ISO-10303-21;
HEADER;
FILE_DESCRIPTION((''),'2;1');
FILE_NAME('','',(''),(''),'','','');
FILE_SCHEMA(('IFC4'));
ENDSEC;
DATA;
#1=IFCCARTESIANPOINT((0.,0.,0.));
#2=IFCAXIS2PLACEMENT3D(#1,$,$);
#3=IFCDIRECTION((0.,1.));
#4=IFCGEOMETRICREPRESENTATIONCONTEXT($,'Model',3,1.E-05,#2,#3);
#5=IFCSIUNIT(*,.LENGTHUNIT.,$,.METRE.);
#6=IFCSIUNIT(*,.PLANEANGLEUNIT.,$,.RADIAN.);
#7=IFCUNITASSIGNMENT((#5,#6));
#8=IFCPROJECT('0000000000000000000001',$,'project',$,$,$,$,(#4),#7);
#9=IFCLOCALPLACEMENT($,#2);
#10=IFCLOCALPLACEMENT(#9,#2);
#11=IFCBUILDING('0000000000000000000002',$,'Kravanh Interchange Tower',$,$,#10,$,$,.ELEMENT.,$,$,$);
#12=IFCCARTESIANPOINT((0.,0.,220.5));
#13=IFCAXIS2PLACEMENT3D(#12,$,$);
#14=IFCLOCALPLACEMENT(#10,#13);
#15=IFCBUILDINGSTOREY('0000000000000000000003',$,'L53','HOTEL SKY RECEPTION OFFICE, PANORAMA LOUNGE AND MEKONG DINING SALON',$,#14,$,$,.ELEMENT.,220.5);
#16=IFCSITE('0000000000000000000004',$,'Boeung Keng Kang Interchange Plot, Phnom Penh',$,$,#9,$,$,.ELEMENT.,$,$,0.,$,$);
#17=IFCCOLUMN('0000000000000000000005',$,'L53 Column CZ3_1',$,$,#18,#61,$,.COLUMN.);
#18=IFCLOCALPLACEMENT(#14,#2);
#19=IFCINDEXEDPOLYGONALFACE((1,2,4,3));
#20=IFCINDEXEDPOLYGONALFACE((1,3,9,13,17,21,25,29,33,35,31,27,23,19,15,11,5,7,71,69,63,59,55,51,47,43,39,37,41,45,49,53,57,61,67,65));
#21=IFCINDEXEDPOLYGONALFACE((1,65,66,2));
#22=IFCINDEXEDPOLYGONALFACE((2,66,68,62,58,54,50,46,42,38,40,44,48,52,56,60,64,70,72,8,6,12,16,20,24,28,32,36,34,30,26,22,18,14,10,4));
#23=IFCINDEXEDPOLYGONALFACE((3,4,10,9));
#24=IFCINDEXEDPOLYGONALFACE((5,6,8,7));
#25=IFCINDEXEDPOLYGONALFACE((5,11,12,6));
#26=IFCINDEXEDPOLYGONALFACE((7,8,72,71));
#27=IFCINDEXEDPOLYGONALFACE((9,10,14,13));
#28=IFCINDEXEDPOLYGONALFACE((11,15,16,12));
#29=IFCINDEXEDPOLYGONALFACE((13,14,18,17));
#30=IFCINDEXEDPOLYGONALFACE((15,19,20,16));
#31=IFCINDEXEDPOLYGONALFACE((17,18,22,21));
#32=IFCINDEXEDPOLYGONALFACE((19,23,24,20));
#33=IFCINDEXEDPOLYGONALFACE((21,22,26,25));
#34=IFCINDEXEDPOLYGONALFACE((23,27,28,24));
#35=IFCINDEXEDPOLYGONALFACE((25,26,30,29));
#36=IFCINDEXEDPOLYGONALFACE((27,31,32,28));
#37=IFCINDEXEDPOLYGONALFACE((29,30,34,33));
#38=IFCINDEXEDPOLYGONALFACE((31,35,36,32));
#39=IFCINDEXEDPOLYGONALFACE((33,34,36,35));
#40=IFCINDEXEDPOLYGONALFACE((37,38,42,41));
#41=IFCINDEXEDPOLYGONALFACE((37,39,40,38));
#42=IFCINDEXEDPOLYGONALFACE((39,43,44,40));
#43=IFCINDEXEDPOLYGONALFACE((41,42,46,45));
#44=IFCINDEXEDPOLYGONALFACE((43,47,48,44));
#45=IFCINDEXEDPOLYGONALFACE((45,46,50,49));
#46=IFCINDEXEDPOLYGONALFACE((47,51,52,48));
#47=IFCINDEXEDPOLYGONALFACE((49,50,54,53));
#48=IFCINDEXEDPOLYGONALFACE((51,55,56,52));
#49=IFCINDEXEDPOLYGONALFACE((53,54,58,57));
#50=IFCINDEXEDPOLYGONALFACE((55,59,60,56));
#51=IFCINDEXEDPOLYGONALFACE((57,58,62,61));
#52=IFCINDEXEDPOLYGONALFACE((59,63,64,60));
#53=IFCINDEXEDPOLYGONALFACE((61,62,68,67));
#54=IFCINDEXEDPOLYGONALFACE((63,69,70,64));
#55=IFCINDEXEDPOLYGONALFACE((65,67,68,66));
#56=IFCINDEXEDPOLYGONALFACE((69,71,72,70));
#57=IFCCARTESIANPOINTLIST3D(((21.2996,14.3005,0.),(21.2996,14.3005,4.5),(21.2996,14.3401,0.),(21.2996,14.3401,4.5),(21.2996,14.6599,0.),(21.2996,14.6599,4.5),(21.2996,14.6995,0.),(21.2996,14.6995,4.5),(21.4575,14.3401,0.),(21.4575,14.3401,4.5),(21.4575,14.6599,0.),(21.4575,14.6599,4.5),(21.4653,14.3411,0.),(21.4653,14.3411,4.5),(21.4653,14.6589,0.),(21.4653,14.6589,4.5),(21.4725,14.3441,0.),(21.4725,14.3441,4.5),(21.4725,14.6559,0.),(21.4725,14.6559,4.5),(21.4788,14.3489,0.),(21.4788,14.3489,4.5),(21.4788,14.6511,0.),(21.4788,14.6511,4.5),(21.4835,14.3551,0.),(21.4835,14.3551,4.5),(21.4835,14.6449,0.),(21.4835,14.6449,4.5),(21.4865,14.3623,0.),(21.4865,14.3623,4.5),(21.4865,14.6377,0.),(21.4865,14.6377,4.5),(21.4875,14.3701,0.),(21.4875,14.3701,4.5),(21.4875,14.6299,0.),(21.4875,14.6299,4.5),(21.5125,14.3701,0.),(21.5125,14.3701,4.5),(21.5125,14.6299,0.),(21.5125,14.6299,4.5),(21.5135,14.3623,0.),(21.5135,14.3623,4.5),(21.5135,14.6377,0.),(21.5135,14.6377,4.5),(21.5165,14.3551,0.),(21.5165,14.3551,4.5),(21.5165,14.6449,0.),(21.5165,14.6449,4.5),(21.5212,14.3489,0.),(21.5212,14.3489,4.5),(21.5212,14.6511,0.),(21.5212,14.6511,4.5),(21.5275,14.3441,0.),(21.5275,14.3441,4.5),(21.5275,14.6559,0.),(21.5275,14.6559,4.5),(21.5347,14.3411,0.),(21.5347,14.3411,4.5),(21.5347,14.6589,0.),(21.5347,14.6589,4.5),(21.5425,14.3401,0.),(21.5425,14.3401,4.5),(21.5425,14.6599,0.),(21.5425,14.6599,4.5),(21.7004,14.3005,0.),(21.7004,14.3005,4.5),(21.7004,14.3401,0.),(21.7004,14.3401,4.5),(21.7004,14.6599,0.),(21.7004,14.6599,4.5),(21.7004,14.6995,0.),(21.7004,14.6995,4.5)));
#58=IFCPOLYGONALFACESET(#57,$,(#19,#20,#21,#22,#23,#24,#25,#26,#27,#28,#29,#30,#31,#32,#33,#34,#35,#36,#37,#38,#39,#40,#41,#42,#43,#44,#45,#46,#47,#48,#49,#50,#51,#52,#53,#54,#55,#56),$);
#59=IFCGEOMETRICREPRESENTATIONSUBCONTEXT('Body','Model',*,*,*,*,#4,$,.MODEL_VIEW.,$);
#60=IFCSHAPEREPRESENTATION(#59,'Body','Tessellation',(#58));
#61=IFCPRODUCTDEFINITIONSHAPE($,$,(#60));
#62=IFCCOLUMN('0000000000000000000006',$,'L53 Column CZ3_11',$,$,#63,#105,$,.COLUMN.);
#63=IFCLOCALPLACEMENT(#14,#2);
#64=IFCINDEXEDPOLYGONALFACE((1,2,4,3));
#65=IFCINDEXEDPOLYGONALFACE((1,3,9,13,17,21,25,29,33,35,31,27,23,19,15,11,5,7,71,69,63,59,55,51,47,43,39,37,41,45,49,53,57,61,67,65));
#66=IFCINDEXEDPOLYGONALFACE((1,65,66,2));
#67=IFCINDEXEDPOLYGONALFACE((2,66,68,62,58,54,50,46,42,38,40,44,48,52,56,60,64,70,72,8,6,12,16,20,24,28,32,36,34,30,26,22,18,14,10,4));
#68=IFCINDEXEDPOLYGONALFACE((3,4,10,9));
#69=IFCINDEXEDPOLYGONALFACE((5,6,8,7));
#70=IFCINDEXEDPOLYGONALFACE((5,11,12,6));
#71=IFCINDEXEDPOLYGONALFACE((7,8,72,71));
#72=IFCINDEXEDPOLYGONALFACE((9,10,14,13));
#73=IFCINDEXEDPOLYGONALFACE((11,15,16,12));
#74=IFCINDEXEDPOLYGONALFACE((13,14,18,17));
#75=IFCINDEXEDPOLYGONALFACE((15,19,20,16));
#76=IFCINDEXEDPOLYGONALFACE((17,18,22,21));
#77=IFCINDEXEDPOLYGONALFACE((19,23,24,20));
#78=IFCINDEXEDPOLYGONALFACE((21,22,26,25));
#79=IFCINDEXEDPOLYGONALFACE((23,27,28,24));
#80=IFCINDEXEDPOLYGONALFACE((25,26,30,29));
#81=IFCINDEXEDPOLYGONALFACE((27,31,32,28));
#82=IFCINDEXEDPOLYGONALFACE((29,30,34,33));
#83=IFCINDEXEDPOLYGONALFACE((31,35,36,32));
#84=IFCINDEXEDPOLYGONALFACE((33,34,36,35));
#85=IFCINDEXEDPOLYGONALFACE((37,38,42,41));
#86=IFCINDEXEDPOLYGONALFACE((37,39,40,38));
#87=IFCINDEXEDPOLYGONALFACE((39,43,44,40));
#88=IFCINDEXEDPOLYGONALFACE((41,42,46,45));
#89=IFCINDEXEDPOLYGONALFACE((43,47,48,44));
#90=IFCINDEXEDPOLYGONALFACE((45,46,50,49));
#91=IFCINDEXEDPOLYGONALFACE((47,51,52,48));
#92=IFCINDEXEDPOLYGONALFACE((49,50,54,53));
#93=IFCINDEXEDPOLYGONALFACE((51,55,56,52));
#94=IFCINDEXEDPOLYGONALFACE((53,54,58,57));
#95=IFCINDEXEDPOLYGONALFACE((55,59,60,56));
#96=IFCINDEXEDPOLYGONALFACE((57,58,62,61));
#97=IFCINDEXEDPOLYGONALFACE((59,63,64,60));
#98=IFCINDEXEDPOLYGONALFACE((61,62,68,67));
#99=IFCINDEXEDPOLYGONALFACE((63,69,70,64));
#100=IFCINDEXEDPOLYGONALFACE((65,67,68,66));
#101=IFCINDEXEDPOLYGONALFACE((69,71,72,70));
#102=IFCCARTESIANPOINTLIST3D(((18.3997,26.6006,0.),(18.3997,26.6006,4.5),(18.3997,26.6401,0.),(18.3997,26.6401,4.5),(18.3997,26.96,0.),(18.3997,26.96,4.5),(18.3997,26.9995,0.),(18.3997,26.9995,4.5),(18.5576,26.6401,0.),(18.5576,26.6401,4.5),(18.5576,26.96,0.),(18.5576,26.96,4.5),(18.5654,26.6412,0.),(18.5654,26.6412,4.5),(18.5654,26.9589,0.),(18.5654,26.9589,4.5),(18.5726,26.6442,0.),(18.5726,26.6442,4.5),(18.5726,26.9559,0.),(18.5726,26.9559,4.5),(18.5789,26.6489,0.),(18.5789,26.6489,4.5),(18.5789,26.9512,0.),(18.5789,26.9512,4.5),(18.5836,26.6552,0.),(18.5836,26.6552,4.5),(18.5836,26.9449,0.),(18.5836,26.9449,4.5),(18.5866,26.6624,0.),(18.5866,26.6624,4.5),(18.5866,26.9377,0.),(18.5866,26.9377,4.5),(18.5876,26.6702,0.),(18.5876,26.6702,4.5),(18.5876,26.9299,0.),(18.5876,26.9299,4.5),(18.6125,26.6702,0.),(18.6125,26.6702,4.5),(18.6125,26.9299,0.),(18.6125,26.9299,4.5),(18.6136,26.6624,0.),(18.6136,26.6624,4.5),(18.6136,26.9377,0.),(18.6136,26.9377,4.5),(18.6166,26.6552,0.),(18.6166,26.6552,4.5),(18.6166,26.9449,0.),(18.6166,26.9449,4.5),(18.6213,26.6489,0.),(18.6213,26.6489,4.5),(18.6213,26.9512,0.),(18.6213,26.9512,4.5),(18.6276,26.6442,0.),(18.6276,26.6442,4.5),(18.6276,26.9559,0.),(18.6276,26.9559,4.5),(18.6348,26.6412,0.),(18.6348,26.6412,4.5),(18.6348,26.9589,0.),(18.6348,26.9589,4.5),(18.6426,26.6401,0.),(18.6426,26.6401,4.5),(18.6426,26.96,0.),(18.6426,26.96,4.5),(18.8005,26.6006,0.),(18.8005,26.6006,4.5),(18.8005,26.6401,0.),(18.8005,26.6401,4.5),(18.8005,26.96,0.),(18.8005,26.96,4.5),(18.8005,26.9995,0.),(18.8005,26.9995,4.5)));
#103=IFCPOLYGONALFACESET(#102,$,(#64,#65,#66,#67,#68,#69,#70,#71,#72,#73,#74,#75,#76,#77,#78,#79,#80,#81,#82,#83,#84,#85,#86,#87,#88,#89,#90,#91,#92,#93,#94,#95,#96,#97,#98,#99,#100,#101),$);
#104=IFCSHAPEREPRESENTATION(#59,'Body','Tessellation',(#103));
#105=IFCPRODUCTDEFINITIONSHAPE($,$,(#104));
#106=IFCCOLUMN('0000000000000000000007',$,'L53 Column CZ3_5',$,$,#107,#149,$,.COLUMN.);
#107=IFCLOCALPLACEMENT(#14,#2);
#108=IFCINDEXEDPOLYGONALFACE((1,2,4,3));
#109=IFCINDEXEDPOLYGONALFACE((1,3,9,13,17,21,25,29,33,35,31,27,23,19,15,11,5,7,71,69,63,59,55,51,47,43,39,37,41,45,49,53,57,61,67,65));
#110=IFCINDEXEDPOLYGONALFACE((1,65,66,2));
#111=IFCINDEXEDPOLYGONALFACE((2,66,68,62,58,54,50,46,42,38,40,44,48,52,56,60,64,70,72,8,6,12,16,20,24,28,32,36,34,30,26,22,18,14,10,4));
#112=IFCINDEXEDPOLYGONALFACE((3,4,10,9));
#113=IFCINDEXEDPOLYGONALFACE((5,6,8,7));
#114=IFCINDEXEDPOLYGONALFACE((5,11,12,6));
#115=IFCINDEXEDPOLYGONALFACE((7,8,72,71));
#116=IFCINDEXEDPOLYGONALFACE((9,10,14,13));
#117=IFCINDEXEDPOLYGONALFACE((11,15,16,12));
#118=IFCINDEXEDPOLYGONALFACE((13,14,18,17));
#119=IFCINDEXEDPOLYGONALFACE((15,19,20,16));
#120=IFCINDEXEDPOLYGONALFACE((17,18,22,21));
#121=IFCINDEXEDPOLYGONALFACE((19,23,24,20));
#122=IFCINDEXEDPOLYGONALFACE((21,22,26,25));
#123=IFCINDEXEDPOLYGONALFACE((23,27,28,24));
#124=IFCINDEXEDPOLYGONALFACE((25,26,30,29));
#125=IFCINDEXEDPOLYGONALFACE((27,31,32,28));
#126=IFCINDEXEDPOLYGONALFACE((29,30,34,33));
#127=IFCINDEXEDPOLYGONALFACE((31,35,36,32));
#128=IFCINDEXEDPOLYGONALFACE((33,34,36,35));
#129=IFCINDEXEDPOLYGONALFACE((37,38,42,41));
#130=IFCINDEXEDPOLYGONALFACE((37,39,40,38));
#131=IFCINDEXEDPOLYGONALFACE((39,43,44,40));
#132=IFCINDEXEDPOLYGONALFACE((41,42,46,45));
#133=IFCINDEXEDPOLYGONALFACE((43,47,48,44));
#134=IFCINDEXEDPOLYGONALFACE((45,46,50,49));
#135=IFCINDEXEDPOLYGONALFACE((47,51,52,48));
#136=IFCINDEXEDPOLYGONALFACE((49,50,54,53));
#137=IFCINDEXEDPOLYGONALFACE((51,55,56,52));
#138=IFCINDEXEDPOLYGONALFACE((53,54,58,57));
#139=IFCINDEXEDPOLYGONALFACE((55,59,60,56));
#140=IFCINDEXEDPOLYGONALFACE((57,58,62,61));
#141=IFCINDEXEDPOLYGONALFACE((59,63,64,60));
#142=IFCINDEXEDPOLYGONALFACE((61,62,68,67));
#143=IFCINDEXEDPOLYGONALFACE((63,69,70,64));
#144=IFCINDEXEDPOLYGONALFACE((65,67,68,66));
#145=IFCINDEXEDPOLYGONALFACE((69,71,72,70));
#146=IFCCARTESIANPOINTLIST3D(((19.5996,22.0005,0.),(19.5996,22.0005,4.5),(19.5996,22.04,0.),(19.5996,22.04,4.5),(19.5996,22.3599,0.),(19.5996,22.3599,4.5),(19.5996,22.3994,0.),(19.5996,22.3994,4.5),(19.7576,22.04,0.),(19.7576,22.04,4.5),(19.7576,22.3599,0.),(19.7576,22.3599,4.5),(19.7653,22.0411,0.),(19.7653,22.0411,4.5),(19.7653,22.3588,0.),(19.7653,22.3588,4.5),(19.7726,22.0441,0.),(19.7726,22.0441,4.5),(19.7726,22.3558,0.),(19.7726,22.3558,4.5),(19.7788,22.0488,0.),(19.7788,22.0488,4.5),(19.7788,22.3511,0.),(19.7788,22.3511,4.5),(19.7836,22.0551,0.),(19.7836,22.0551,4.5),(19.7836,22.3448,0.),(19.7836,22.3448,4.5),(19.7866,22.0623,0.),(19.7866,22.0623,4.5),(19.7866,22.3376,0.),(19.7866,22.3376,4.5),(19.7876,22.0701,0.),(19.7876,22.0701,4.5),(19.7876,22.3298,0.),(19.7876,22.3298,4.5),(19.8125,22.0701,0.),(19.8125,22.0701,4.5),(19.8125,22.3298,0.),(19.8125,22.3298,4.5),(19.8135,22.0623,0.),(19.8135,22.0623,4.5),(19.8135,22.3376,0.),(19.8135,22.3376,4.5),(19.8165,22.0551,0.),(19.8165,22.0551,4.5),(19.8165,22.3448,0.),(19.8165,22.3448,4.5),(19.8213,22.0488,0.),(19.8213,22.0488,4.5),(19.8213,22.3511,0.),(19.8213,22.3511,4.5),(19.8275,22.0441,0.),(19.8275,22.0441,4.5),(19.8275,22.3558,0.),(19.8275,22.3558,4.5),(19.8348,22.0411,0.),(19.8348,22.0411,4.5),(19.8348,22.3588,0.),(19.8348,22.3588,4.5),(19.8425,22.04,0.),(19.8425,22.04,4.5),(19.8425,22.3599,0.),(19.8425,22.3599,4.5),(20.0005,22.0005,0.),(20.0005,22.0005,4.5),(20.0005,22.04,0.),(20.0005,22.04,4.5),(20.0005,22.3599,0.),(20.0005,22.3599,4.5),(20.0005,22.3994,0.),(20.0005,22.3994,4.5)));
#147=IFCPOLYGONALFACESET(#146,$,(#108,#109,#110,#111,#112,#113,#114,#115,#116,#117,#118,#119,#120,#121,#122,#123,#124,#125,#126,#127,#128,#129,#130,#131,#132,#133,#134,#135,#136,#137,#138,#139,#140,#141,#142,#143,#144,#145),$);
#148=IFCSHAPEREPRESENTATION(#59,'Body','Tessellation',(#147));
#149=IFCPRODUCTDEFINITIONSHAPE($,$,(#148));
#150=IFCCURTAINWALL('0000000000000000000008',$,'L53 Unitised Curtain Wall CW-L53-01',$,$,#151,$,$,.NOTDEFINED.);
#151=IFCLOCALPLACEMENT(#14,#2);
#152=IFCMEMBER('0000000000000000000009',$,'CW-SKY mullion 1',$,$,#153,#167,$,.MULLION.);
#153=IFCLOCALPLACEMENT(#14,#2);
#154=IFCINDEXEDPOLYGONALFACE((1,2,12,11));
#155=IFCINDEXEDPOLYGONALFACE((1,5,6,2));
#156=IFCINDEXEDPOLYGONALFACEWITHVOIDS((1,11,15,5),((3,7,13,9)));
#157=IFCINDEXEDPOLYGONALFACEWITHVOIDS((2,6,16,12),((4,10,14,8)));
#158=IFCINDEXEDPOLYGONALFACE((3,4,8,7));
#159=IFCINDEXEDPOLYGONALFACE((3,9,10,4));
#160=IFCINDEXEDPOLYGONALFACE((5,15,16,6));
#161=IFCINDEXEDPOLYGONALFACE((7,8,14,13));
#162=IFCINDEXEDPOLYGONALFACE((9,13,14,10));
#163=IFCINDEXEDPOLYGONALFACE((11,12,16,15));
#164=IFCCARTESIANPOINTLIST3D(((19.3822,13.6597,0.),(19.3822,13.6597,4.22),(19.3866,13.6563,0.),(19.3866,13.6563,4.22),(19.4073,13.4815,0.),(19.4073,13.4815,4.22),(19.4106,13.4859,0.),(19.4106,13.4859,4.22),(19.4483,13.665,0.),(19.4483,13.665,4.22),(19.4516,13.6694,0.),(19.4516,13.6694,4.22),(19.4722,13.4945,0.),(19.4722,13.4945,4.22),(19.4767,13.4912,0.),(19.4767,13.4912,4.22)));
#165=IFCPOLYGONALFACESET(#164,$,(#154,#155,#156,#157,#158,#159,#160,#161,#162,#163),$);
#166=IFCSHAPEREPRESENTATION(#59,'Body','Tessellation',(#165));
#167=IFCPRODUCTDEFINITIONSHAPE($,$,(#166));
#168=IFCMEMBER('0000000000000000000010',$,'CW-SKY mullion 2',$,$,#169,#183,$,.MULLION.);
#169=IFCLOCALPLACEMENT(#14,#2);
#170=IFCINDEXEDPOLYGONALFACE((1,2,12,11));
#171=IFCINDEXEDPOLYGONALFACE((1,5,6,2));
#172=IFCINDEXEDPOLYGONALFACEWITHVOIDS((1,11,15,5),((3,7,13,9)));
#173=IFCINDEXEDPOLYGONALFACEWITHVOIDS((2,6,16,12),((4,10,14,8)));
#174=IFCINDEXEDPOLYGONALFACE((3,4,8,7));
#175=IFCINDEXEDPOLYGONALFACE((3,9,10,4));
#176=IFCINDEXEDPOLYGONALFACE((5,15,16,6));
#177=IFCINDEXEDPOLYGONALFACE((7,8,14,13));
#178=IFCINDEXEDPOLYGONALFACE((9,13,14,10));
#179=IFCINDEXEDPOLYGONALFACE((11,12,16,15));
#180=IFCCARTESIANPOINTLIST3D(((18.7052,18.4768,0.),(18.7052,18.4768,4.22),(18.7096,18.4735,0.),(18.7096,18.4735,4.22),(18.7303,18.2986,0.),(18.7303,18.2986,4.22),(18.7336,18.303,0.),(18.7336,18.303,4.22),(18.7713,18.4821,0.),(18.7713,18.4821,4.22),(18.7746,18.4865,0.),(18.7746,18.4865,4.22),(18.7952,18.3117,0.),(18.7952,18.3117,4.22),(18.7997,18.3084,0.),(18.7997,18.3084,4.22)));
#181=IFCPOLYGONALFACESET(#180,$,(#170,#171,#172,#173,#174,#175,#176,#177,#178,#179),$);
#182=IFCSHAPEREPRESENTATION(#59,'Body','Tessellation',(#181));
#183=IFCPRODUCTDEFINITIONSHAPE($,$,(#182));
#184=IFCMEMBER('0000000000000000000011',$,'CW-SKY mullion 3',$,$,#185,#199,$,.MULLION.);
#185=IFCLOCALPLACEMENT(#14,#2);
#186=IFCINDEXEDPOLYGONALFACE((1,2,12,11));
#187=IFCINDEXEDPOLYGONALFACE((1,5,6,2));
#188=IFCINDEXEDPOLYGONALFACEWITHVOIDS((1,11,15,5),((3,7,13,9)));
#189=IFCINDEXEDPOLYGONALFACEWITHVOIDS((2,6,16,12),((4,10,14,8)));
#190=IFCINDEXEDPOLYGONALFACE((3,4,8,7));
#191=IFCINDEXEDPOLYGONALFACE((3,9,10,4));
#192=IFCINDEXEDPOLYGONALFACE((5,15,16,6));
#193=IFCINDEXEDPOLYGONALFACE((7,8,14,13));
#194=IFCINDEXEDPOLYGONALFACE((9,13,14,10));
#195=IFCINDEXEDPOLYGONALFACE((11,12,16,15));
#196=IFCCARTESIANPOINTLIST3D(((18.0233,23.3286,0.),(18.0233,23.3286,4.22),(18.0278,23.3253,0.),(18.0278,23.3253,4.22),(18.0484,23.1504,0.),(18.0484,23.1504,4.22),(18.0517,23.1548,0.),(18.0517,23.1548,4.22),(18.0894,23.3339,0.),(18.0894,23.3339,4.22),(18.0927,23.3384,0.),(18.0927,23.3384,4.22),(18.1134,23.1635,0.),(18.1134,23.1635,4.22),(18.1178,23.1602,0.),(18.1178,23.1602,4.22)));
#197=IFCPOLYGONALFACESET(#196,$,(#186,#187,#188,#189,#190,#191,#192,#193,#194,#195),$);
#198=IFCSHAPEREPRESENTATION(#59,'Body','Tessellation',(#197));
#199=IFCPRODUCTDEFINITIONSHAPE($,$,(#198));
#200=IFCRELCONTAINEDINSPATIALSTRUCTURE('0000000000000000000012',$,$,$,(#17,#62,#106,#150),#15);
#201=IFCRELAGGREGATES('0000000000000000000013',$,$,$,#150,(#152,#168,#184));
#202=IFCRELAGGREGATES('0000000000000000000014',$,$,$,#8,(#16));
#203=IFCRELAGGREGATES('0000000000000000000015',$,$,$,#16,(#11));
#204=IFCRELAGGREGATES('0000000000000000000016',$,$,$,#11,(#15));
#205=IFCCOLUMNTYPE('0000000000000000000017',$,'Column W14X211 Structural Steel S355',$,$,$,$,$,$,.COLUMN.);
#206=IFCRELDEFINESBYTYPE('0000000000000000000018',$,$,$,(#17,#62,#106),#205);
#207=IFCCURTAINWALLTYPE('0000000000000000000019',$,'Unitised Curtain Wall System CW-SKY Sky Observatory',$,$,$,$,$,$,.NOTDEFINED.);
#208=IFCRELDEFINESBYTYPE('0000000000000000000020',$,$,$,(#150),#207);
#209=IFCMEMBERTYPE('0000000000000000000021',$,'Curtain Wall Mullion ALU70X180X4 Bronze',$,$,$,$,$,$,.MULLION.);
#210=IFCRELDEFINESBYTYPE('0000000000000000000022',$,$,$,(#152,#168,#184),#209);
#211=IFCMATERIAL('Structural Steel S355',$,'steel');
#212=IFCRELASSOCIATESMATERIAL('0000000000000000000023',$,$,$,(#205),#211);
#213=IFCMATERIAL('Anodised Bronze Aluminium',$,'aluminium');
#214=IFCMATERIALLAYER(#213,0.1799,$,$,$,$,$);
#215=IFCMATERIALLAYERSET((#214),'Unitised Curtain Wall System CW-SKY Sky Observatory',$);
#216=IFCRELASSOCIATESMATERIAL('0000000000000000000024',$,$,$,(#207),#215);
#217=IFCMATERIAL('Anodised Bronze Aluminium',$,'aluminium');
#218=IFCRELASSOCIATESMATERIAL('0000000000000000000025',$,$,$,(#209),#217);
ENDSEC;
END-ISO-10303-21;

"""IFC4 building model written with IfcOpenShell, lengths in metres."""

from ifc_helpers import new_model, si_unit, direction, frame, origin, origin_2d, place, context, subcontext, project, spatial, hollow_rectangle, i_section, extrude, material, layer, layer_set, material_profile, profile_set, type_object, element, aggregate, save


model = new_model("IFC4")

# Units and contexts
model_context = context("Model", 3, precision=1e-05, world=origin(), true_north=direction((0.0, 1.0)))
body_context = subcontext(model_context, "Body", "Model", "MODEL_VIEW")
ifc_project = project(units=[si_unit("LENGTHUNIT", "METRE"), si_unit("PLANEANGLEUNIT", "RADIAN")], contexts=[model_context])

# Site, building, storey
site_placement = place(None, origin())
site = spatial("IfcSite", under=ifc_project, at=site_placement, Name="Boeung Keng Kang Interchange Plot, Phnom Penh", CompositionType="ELEMENT", RefElevation=0.0)
building_placement = place(site_placement, origin())
building = spatial("IfcBuilding", under=site, at=building_placement, Name="Kravanh Interchange Tower", CompositionType="ELEMENT")
storey_placement = place(building_placement, frame((0.0, 0.0, 220.5)))
storey = spatial("IfcBuildingStorey", under=building, at=storey_placement, Name="L53", Description="HOTEL SKY RECEPTION OFFICE, PANORAMA LOUNGE AND MEKONG DINING SALON", CompositionType="ELEMENT", Elevation=220.5)

# Columns
ifc_material_1 = material(Name="Structural Steel S355", Category="steel")
ifc_material_profile_1 = material_profile(ifc_material_1, i_section(OverallWidth=0.4009, OverallDepth=0.3989, WebThickness=0.0249, FlangeThickness=0.0396, FilletRadius=0.03, at=origin_2d()), Name="W14X211")
ifc_profile_set_1 = profile_set([ifc_material_profile_1], Name="Structural Steel S355")
column_type = type_object("IfcColumnType", Name="Column W14X211 Structural Steel S355", PredefinedType="COLUMN", material=ifc_profile_set_1)
for number, where, z_axis, x_axis, name in (
    (1, (21.5, 14.5, 0.0), (0.0, 0.0, 1.0), (1.0, 0.0, 0.0), "L53 Column CZ3_1"),
    (2, (18.6001, 26.8, 0.0), (0.0, 0.0, 1.0), (1.0, 0.0, 0.0), "L53 Column CZ3_11"),
    (3, (19.8, 22.2, 0.0), (0.0, 0.0, 1.0), (1.0, 0.0, 0.0), "L53 Column CZ3_5"),
):
    element("IfcColumn", number, at=place(storey_placement, frame(where, z_axis=z_axis, x_axis=x_axis)), inside=storey, type_object=column_type, Name=name, PredefinedType="COLUMN", context=body_context, shape_type="SweptSolid", body=[
        extrude(i_section(OverallWidth=0.4009, OverallDepth=0.3989, WebThickness=0.0249, FlangeThickness=0.0396, FilletRadius=0.03, at=origin_2d()), origin(), (0.0, 0.0, 1.0), 4.5),
    ])

# Curtain wall, members
ifc_material_2 = material(Name="Anodised Bronze Aluminium", Category="aluminium")
ifc_layer_1 = layer(ifc_material_2, 0.1799)
ifc_layer_set_1 = layer_set([ifc_layer_1], Name="Unitised Curtain Wall System CW-SKY Sky Observatory")
curtain_wall_type = type_object("IfcCurtainWallType", Name="Unitised Curtain Wall System CW-SKY Sky Observatory", PredefinedType="NOTDEFINED", material=ifc_layer_set_1)
curtain_wall_1_placement = place(storey_placement, origin())
curtain_wall_1 = element("IfcCurtainWall", 4, at=curtain_wall_1_placement, inside=storey, type_object=curtain_wall_type, Name="L53 Unitised Curtain Wall CW-L53-01", PredefinedType="NOTDEFINED")
ifc_material_3 = material(Name="Anodised Bronze Aluminium", Category="aluminium")
ifc_material_profile_2 = material_profile(ifc_material_3, hollow_rectangle(XDim=0.0701, YDim=0.1799, WallThickness=0.0039, at=origin_2d()), Name="ALU70X180X4")
ifc_profile_set_2 = profile_set([ifc_material_profile_2], Name="Anodised Bronze Aluminium")
member_type_1 = type_object("IfcMemberType", Name="Curtain Wall Mullion ALU70X180X4 Bronze", PredefinedType="MULLION", material=ifc_profile_set_2)
member_1_placement = place(storey_placement, frame((19.4294, 13.5754, 0.0), z_axis=(0.0, 0.0, 1.0), x_axis=(-0.990268, -0.139172, 0.0)))
member_1 = element("IfcMember", 5, at=member_1_placement, type_object=member_type_1, Name="CW-SKY mullion 1", PredefinedType="MULLION", context=body_context, shape_type="SweptSolid", body=[
    extrude(hollow_rectangle(XDim=0.0701, YDim=0.1799, WallThickness=0.0039, at=origin_2d()), origin(), (0.0, 0.0, 1.0), 4.22),
])
member_2_placement = place(storey_placement, frame((18.7524, 18.3926, 0.0), z_axis=(0.0, 0.0, 1.0), x_axis=(-0.990268, -0.139172, 0.0)))
member_2 = element("IfcMember", 6, at=member_2_placement, type_object=member_type_1, Name="CW-SKY mullion 2", PredefinedType="MULLION", context=body_context, shape_type="SweptSolid", body=[
    extrude(hollow_rectangle(XDim=0.0701, YDim=0.1799, WallThickness=0.0039, at=origin_2d()), origin(), (0.0, 0.0, 1.0), 4.22),
])
member_3_placement = place(storey_placement, frame((18.0706, 23.2444, 0.0), z_axis=(0.0, 0.0, 1.0), x_axis=(-0.990268, -0.139172, 0.0)))
member_3 = element("IfcMember", 7, at=member_3_placement, type_object=member_type_1, Name="CW-SKY mullion 3", PredefinedType="MULLION", context=body_context, shape_type="SweptSolid", body=[
    extrude(hollow_rectangle(XDim=0.0701, YDim=0.1799, WallThickness=0.0039, at=origin_2d()), origin(), (0.0, 0.0, 1.0), 4.22),
])

aggregate(curtain_wall_1, [member_1, member_2, member_3])

save(model, "model.ifc")
